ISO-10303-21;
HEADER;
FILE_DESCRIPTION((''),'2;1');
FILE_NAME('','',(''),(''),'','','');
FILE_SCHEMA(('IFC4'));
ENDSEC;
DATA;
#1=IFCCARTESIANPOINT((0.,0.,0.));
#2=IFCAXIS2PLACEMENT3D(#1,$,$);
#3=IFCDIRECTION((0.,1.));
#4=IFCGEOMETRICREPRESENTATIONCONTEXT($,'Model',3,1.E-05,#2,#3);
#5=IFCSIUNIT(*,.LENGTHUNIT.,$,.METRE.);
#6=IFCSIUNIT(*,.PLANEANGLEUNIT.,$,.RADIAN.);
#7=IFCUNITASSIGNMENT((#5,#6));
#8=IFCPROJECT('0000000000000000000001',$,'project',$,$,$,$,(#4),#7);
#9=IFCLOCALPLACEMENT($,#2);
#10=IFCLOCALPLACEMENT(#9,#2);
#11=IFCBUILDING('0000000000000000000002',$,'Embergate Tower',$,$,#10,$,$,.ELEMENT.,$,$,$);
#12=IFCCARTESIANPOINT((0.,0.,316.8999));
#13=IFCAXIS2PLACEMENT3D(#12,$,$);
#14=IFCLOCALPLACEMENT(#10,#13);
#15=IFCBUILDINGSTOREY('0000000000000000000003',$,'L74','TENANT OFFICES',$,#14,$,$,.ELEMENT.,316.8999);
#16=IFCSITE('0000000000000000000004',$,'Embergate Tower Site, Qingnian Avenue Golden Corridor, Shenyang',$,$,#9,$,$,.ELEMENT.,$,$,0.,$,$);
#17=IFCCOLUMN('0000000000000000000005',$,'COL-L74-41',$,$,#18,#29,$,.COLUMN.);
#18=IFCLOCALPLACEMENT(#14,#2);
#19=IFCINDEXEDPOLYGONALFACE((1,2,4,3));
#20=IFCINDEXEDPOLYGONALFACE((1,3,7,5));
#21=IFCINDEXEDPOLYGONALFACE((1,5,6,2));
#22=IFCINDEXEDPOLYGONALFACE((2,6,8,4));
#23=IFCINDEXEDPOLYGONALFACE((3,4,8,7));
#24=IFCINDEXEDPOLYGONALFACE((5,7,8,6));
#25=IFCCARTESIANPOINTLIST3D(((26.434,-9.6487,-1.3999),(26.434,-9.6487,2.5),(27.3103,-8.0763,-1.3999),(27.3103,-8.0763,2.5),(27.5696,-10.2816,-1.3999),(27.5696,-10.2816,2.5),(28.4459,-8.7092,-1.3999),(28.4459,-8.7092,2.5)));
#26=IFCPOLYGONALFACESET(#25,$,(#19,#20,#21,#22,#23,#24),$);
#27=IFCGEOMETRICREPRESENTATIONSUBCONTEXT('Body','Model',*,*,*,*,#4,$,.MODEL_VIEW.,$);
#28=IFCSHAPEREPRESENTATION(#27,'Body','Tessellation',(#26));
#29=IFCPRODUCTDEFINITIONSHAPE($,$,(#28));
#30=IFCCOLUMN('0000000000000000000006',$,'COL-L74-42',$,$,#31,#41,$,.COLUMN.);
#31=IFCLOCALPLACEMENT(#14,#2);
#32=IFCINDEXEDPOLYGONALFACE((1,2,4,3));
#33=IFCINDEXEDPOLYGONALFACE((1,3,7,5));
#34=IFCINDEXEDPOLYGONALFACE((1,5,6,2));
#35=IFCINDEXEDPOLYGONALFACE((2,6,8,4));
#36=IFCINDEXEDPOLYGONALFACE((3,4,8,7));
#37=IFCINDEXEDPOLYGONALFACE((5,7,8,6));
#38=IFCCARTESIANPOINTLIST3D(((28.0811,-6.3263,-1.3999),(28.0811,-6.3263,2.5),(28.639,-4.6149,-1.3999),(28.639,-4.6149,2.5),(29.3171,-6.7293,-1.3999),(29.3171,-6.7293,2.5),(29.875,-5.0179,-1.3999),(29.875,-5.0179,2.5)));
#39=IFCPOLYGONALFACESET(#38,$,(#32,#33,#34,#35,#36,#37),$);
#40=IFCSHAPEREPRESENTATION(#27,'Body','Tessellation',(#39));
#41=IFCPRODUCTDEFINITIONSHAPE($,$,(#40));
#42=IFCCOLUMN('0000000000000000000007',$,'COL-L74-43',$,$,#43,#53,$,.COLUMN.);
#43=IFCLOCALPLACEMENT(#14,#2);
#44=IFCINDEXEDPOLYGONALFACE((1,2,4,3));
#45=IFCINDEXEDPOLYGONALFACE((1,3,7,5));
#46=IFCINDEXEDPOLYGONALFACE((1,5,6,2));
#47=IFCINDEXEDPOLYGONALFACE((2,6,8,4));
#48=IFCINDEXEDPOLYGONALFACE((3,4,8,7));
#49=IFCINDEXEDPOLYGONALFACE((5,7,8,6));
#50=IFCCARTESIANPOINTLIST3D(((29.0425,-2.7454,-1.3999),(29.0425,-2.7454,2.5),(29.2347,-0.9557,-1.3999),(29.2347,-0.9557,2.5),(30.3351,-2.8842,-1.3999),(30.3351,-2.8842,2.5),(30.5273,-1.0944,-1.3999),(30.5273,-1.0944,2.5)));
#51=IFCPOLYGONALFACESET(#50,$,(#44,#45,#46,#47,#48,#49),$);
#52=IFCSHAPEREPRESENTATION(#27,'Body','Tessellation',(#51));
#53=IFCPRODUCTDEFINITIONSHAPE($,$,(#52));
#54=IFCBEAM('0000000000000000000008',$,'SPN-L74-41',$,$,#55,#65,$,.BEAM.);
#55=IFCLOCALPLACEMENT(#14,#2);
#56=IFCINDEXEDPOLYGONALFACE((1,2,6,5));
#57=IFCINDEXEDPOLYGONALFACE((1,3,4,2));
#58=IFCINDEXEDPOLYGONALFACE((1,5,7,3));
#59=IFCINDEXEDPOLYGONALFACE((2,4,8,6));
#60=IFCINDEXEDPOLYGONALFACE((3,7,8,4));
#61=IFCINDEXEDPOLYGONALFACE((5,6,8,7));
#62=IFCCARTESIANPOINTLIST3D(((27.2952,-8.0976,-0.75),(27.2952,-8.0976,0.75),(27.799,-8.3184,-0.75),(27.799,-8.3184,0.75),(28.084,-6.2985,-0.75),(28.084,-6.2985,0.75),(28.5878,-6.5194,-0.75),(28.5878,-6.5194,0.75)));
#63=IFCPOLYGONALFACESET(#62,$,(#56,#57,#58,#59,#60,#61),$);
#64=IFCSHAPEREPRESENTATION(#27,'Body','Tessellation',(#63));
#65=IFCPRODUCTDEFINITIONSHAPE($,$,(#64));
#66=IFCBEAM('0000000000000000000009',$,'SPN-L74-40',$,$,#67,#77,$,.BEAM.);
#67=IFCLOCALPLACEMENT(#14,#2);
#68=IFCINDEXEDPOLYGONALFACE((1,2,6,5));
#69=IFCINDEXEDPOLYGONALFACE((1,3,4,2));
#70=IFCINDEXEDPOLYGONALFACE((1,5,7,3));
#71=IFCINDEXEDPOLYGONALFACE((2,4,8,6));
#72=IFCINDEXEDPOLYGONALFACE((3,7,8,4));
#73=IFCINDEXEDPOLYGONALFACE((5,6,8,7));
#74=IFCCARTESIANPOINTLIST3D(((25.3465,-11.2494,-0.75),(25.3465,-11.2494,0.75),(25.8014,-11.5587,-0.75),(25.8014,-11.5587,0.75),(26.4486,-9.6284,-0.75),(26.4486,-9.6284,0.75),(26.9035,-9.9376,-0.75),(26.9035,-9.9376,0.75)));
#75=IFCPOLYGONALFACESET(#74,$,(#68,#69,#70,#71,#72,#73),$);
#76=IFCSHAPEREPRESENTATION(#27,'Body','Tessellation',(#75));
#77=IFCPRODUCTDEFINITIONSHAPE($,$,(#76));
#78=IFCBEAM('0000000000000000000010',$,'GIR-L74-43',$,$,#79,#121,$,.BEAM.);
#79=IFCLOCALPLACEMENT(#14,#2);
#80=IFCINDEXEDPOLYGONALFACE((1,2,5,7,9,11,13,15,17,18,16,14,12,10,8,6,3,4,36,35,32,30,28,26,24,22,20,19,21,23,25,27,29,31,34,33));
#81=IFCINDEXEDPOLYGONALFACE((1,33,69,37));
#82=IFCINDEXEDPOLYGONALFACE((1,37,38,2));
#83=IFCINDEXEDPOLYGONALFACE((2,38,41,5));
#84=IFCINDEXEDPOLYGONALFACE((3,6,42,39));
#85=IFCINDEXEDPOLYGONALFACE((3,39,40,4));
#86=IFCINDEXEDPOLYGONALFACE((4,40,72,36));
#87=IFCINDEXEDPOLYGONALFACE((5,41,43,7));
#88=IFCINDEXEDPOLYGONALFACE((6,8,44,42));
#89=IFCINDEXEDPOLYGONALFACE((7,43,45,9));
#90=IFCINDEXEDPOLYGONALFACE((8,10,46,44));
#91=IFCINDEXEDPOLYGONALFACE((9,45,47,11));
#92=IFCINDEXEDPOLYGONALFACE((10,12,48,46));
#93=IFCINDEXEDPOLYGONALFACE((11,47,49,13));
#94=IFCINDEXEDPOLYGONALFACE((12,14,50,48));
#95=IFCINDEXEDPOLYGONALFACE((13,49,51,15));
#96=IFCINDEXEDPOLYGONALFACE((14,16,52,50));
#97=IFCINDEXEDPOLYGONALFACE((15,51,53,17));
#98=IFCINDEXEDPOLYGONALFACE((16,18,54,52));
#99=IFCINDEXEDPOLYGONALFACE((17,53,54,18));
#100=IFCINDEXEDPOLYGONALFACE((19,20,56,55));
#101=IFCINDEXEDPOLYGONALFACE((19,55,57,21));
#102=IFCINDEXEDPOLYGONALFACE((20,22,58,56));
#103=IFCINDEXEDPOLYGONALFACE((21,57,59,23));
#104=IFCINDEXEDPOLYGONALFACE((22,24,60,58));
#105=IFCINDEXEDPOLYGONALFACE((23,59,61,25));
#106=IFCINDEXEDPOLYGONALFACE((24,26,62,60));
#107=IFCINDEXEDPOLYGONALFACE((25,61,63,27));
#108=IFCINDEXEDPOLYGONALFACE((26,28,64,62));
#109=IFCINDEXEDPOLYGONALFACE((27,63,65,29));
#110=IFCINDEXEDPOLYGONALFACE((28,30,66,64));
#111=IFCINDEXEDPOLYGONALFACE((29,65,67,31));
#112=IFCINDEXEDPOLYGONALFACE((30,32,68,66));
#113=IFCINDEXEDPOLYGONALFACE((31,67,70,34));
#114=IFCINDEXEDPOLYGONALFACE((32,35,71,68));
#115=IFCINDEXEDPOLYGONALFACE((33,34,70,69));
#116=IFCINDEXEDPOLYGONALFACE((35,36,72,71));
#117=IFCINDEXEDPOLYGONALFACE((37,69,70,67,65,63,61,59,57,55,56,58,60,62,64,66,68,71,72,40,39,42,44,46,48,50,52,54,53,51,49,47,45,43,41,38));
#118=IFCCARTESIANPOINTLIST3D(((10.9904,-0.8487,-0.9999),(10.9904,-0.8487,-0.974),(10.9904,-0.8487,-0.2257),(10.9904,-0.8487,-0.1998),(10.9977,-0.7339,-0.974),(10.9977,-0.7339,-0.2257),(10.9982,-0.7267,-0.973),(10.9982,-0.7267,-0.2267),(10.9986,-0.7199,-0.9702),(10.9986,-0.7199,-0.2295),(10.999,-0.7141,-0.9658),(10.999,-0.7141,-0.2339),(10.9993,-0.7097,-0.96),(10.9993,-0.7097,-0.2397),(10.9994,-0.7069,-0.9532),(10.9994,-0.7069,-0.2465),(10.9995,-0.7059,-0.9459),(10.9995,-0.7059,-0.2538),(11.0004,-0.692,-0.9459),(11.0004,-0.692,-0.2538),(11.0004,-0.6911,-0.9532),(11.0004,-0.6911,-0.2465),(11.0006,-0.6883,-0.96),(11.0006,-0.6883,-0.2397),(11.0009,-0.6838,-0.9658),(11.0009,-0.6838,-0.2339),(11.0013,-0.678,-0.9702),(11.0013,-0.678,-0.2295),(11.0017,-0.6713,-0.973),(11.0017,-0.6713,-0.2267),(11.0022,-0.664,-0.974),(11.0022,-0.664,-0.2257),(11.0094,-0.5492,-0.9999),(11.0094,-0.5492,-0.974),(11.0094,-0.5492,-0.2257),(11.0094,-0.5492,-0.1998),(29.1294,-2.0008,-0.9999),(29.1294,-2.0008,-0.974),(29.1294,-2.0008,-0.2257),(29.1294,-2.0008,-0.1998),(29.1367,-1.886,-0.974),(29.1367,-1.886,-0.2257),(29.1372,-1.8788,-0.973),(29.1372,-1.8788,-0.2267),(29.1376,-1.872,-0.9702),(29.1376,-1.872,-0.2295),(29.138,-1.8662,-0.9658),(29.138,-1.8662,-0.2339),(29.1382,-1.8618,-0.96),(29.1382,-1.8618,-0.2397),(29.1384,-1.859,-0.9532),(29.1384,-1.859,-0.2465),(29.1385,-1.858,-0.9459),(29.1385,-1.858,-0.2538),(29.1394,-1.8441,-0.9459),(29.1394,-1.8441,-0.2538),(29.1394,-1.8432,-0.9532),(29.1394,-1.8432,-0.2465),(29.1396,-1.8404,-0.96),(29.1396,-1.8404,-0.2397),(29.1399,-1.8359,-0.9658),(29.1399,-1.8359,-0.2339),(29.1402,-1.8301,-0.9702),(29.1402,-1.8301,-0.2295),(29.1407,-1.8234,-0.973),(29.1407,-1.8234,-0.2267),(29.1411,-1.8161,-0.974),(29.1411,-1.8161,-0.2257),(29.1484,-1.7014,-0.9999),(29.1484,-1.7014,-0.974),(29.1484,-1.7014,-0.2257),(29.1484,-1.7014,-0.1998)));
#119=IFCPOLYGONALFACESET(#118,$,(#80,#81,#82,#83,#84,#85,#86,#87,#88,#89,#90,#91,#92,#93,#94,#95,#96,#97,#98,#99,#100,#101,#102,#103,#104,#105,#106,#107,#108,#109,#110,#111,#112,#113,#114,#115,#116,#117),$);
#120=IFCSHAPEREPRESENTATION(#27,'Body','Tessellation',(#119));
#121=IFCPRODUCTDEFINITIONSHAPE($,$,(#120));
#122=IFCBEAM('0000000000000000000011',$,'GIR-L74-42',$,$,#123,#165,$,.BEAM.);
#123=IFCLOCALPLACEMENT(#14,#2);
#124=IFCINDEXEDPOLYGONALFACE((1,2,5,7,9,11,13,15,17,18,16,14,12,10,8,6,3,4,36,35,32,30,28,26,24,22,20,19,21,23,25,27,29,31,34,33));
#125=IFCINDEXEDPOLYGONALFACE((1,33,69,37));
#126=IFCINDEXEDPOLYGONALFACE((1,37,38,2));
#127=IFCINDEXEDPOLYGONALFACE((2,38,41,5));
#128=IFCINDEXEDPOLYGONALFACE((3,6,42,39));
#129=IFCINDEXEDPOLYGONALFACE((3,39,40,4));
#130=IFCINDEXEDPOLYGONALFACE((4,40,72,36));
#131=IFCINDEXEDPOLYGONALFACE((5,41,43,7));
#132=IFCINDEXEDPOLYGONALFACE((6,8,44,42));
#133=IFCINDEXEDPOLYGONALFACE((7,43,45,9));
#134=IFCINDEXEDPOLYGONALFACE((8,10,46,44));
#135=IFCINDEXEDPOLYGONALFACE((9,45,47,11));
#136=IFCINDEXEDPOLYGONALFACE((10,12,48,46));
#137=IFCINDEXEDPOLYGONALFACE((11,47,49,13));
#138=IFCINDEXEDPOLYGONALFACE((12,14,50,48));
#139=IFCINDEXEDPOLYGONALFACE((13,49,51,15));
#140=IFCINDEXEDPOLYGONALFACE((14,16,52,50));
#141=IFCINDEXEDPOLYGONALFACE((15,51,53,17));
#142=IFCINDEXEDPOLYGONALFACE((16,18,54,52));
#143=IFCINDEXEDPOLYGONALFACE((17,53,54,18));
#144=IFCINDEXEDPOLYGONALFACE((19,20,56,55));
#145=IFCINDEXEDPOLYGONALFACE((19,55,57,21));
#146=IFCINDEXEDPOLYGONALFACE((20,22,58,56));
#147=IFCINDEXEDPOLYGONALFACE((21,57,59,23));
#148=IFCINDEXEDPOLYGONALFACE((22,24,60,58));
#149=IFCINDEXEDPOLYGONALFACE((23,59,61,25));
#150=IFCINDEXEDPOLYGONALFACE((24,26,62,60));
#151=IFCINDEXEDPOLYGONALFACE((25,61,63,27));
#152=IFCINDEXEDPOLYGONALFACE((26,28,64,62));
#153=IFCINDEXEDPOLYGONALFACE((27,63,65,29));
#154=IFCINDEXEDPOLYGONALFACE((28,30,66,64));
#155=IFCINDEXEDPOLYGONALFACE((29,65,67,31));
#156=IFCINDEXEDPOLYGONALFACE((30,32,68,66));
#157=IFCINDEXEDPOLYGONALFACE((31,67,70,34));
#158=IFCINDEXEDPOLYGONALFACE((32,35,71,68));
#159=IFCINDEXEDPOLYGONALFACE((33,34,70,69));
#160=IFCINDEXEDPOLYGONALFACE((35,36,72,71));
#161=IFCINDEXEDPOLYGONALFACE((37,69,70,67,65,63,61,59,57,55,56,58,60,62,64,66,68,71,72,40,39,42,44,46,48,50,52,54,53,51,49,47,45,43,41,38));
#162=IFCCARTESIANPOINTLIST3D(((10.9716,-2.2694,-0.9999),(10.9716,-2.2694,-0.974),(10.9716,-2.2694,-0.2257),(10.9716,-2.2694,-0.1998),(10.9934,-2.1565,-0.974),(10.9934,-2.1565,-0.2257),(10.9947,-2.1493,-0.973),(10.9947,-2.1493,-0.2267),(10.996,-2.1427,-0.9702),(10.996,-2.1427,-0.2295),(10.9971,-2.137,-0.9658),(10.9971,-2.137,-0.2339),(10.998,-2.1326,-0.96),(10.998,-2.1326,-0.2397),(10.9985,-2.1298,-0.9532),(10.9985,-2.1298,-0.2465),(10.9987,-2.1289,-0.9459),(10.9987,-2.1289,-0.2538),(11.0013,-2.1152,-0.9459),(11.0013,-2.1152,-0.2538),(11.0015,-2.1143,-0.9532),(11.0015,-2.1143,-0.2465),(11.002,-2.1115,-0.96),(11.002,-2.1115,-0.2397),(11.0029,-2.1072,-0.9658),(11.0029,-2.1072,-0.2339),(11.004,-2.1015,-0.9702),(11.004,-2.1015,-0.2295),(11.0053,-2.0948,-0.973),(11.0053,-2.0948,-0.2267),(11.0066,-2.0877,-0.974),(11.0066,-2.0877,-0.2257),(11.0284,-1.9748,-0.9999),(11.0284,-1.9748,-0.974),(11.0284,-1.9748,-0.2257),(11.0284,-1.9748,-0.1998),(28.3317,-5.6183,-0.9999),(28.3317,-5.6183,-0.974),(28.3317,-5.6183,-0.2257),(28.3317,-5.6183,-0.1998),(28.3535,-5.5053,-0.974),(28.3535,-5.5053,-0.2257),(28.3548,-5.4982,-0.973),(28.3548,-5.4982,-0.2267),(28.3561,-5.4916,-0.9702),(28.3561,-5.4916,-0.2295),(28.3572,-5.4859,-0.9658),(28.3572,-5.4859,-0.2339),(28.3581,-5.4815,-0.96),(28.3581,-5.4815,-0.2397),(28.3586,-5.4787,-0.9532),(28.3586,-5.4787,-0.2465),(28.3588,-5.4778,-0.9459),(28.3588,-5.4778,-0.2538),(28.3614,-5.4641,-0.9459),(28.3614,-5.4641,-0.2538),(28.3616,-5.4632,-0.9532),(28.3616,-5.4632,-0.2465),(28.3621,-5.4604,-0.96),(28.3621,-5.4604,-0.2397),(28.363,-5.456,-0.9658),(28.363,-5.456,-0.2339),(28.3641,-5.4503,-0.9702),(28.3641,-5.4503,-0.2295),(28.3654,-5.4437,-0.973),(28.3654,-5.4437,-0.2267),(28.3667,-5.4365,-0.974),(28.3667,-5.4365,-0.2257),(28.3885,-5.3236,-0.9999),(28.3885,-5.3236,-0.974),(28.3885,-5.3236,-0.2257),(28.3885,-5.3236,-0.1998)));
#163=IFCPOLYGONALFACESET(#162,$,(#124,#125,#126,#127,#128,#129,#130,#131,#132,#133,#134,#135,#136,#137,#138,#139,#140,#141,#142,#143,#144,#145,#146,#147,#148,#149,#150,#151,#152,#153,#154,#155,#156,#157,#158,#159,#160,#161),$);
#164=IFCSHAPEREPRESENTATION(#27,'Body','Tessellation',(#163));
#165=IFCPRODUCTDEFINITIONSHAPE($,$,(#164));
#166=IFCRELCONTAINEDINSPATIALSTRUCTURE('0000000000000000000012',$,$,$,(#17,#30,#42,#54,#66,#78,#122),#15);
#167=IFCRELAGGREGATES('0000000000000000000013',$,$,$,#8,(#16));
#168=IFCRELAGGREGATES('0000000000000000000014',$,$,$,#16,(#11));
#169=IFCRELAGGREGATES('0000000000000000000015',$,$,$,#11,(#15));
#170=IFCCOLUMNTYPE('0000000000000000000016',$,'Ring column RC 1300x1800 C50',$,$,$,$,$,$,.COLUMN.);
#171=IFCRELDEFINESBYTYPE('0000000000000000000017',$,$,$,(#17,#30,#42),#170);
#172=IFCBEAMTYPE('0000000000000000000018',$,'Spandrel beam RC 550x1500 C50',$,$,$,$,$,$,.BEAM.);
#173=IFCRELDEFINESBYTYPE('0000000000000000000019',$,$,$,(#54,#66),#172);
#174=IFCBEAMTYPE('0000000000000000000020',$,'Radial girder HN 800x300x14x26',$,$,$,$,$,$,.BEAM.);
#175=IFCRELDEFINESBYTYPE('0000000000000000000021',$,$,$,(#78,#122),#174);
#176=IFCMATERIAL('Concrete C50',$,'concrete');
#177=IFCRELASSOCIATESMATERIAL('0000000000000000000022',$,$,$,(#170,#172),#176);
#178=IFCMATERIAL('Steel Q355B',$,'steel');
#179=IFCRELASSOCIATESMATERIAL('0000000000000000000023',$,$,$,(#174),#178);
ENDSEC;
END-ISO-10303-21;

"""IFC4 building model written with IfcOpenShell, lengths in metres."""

from ifc_helpers import new_model, si_unit, direction, frame, origin, origin_2d, place, context, subcontext, project, spatial, rectangle, i_section, extrude, source, transform, mapped, material, material_profile, profile_set, type_object, element, save


model = new_model("IFC4")

# Units and contexts
model_context = context("Model", 3, precision=1e-05, world=origin(), true_north=direction((0.0, 1.0)))
body_context = subcontext(model_context, "Body", "Model", "MODEL_VIEW")
ifc_project = project(units=[si_unit("LENGTHUNIT", "METRE"), si_unit("PLANEANGLEUNIT", "RADIAN")], contexts=[model_context])

# Site, building, storey
site_placement = place(None, origin())
site = spatial("IfcSite", under=ifc_project, at=site_placement, Name="Embergate Tower Site, Qingnian Avenue Golden Corridor, Shenyang", CompositionType="ELEMENT", RefElevation=0.0)
building_placement = place(site_placement, origin())
building = spatial("IfcBuilding", under=site, at=building_placement, Name="Embergate Tower", CompositionType="ELEMENT")
storey_placement = place(building_placement, frame((0.0, 0.0, 316.8999)))
storey = spatial("IfcBuildingStorey", under=building, at=storey_placement, Name="L74", Description="TENANT OFFICES", CompositionType="ELEMENT", Elevation=316.8999)

# Columns
ifc_material_1 = material(Name="Concrete C50", Category="concrete")
ifc_material_profile_1 = material_profile(ifc_material_1, rectangle(XDim=1.3, YDim=1.8, at=origin_2d()), Name="RC 1300x1800")
ifc_profile_set_1 = profile_set([ifc_material_profile_1], Name="Concrete C50")
column_type = type_object("IfcColumnType", Name="Ring column RC 1300x1800 C50", PredefinedType="COLUMN", material=ifc_profile_set_1)
shared_shape_1 = source(origin(), body_context, "Body", "SweptSolid", [
    extrude(rectangle(XDim=1.3, YDim=1.8, at=origin_2d()), origin(), (0.0, 0.0, 1.0), 3.8999),
])
for number, where, z_axis, x_axis, name in (
    (1, (27.4399, -9.179, -1.3999), (0.0, 0.0, 1.0), (0.8735, -0.486823, 0.0), "COL-L74-41"),
    (2, (28.978, -5.6721, -1.3999), (0.0, 0.0, 1.0), (0.950754, -0.309946, 0.0), "COL-L74-42"),
    (3, (29.7849, -1.9199, -1.3999), (0.0, 0.0, 1.0), (0.994286, -0.10675, 0.0), "COL-L74-43"),
):
    element("IfcColumn", number, at=place(storey_placement, frame(where, z_axis=z_axis, x_axis=x_axis)), inside=storey, type_object=column_type, Name=name, PredefinedType="COLUMN", context=body_context, shape_type="MappedRepresentation", body=[
        mapped(shared_shape_1, transform((0.0, 0.0, 0.0))),
    ])

# Beams
ifc_material_profile_2 = material_profile(ifc_material_1, rectangle(XDim=0.55, YDim=1.5, at=origin_2d()), Name="RC 550x1500")
ifc_profile_set_2 = profile_set([ifc_material_profile_2], Name="Concrete C50")
beam_type_1 = type_object("IfcBeamType", Name="Spandrel beam RC 550x1500 C50", PredefinedType="BEAM", material=ifc_profile_set_2)
shared_shape_2 = source(origin(), body_context, "Body", "SweptSolid", [
    extrude(rectangle(XDim=0.55, YDim=1.5, at=origin_2d()), origin(), (0.0, 0.0, 1.0), 1.9644),
])
beam_1_placement = place(storey_placement, frame((27.5471, -8.208, 0.0), z_axis=(0.401555, 0.915835, 0.0), x_axis=(-0.915835, 0.401555, 0.0)))
element("IfcBeam", 4, at=beam_1_placement, inside=storey, type_object=beam_type_1, Name="SPN-L74-41", PredefinedType="BEAM", context=body_context, shape_type="MappedRepresentation", body=[
    mapped(shared_shape_2, transform((0.0, 0.0, 0.0))),
])
shared_shape_3 = source(origin(), body_context, "Body", "SweptSolid", [
    extrude(rectangle(XDim=0.55, YDim=1.5, at=origin_2d()), origin(), (0.0, 0.0, 1.0), 1.9602),
])
beam_2_placement = place(storey_placement, frame((25.574, -11.4041, 0.0), z_axis=(0.562208, 0.826996, 0.0), x_axis=(-0.826996, 0.562208, 0.0)))
element("IfcBeam", 5, at=beam_2_placement, inside=storey, type_object=beam_type_1, Name="SPN-L74-40", PredefinedType="BEAM", context=body_context, shape_type="MappedRepresentation", body=[
    mapped(shared_shape_3, transform((0.0, 0.0, 0.0))),
])
ifc_material_2 = material(Name="Steel Q355B", Category="steel")
ifc_material_profile_3 = material_profile(ifc_material_2, i_section(OverallWidth=0.3, OverallDepth=0.8, WebThickness=0.0139, FlangeThickness=0.0259, FilletRadius=0.0281, at=origin_2d()), Name="HN 800x300x14x26")
ifc_profile_set_3 = profile_set([ifc_material_profile_3], Name="Steel Q355 grade B")
beam_type_2 = type_object("IfcBeamType", Name="Radial girder HN 800x300x14x26", PredefinedType="BEAM", material=ifc_profile_set_3)
shared_shape_4 = source(origin(), body_context, "Body", "SweptSolid", [
    extrude(i_section(OverallWidth=0.3, OverallDepth=0.8, WebThickness=0.0139, FlangeThickness=0.0259, FilletRadius=0.0281, at=origin_2d()), origin(), (0.0, 0.0, 1.0), 18.1755),
])
beam_3_placement = place(storey_placement, frame((29.1389, -1.8511, -0.5999), z_axis=(-0.997989, 0.063388, 0.0), x_axis=(-0.063388, -0.997989, 0.0)))
element("IfcBeam", 6, at=beam_3_placement, inside=storey, type_object=beam_type_2, Name="GIR-L74-43", PredefinedType="BEAM", context=body_context, shape_type="MappedRepresentation", body=[
    mapped(shared_shape_4, transform((0.0, 0.0, 0.0))),
])
shared_shape_5 = source(origin(), body_context, "Body", "SweptSolid", [
    extrude(i_section(OverallWidth=0.3, OverallDepth=0.8, WebThickness=0.0139, FlangeThickness=0.0259, FilletRadius=0.0281, at=origin_2d()), origin(), (0.0, 0.0, 1.0), 17.6802),
])
beam_4_placement = place(storey_placement, frame((28.3601, -5.4709, -0.5999), z_axis=(-0.981897, 0.189414, 0.0), x_axis=(-0.189414, -0.981897, 0.0)))
element("IfcBeam", 7, at=beam_4_placement, inside=storey, type_object=beam_type_2, Name="GIR-L74-42", PredefinedType="BEAM", context=body_context, shape_type="MappedRepresentation", body=[
    mapped(shared_shape_5, transform((0.0, 0.0, 0.0))),
])

save(model, "model.ifc")
